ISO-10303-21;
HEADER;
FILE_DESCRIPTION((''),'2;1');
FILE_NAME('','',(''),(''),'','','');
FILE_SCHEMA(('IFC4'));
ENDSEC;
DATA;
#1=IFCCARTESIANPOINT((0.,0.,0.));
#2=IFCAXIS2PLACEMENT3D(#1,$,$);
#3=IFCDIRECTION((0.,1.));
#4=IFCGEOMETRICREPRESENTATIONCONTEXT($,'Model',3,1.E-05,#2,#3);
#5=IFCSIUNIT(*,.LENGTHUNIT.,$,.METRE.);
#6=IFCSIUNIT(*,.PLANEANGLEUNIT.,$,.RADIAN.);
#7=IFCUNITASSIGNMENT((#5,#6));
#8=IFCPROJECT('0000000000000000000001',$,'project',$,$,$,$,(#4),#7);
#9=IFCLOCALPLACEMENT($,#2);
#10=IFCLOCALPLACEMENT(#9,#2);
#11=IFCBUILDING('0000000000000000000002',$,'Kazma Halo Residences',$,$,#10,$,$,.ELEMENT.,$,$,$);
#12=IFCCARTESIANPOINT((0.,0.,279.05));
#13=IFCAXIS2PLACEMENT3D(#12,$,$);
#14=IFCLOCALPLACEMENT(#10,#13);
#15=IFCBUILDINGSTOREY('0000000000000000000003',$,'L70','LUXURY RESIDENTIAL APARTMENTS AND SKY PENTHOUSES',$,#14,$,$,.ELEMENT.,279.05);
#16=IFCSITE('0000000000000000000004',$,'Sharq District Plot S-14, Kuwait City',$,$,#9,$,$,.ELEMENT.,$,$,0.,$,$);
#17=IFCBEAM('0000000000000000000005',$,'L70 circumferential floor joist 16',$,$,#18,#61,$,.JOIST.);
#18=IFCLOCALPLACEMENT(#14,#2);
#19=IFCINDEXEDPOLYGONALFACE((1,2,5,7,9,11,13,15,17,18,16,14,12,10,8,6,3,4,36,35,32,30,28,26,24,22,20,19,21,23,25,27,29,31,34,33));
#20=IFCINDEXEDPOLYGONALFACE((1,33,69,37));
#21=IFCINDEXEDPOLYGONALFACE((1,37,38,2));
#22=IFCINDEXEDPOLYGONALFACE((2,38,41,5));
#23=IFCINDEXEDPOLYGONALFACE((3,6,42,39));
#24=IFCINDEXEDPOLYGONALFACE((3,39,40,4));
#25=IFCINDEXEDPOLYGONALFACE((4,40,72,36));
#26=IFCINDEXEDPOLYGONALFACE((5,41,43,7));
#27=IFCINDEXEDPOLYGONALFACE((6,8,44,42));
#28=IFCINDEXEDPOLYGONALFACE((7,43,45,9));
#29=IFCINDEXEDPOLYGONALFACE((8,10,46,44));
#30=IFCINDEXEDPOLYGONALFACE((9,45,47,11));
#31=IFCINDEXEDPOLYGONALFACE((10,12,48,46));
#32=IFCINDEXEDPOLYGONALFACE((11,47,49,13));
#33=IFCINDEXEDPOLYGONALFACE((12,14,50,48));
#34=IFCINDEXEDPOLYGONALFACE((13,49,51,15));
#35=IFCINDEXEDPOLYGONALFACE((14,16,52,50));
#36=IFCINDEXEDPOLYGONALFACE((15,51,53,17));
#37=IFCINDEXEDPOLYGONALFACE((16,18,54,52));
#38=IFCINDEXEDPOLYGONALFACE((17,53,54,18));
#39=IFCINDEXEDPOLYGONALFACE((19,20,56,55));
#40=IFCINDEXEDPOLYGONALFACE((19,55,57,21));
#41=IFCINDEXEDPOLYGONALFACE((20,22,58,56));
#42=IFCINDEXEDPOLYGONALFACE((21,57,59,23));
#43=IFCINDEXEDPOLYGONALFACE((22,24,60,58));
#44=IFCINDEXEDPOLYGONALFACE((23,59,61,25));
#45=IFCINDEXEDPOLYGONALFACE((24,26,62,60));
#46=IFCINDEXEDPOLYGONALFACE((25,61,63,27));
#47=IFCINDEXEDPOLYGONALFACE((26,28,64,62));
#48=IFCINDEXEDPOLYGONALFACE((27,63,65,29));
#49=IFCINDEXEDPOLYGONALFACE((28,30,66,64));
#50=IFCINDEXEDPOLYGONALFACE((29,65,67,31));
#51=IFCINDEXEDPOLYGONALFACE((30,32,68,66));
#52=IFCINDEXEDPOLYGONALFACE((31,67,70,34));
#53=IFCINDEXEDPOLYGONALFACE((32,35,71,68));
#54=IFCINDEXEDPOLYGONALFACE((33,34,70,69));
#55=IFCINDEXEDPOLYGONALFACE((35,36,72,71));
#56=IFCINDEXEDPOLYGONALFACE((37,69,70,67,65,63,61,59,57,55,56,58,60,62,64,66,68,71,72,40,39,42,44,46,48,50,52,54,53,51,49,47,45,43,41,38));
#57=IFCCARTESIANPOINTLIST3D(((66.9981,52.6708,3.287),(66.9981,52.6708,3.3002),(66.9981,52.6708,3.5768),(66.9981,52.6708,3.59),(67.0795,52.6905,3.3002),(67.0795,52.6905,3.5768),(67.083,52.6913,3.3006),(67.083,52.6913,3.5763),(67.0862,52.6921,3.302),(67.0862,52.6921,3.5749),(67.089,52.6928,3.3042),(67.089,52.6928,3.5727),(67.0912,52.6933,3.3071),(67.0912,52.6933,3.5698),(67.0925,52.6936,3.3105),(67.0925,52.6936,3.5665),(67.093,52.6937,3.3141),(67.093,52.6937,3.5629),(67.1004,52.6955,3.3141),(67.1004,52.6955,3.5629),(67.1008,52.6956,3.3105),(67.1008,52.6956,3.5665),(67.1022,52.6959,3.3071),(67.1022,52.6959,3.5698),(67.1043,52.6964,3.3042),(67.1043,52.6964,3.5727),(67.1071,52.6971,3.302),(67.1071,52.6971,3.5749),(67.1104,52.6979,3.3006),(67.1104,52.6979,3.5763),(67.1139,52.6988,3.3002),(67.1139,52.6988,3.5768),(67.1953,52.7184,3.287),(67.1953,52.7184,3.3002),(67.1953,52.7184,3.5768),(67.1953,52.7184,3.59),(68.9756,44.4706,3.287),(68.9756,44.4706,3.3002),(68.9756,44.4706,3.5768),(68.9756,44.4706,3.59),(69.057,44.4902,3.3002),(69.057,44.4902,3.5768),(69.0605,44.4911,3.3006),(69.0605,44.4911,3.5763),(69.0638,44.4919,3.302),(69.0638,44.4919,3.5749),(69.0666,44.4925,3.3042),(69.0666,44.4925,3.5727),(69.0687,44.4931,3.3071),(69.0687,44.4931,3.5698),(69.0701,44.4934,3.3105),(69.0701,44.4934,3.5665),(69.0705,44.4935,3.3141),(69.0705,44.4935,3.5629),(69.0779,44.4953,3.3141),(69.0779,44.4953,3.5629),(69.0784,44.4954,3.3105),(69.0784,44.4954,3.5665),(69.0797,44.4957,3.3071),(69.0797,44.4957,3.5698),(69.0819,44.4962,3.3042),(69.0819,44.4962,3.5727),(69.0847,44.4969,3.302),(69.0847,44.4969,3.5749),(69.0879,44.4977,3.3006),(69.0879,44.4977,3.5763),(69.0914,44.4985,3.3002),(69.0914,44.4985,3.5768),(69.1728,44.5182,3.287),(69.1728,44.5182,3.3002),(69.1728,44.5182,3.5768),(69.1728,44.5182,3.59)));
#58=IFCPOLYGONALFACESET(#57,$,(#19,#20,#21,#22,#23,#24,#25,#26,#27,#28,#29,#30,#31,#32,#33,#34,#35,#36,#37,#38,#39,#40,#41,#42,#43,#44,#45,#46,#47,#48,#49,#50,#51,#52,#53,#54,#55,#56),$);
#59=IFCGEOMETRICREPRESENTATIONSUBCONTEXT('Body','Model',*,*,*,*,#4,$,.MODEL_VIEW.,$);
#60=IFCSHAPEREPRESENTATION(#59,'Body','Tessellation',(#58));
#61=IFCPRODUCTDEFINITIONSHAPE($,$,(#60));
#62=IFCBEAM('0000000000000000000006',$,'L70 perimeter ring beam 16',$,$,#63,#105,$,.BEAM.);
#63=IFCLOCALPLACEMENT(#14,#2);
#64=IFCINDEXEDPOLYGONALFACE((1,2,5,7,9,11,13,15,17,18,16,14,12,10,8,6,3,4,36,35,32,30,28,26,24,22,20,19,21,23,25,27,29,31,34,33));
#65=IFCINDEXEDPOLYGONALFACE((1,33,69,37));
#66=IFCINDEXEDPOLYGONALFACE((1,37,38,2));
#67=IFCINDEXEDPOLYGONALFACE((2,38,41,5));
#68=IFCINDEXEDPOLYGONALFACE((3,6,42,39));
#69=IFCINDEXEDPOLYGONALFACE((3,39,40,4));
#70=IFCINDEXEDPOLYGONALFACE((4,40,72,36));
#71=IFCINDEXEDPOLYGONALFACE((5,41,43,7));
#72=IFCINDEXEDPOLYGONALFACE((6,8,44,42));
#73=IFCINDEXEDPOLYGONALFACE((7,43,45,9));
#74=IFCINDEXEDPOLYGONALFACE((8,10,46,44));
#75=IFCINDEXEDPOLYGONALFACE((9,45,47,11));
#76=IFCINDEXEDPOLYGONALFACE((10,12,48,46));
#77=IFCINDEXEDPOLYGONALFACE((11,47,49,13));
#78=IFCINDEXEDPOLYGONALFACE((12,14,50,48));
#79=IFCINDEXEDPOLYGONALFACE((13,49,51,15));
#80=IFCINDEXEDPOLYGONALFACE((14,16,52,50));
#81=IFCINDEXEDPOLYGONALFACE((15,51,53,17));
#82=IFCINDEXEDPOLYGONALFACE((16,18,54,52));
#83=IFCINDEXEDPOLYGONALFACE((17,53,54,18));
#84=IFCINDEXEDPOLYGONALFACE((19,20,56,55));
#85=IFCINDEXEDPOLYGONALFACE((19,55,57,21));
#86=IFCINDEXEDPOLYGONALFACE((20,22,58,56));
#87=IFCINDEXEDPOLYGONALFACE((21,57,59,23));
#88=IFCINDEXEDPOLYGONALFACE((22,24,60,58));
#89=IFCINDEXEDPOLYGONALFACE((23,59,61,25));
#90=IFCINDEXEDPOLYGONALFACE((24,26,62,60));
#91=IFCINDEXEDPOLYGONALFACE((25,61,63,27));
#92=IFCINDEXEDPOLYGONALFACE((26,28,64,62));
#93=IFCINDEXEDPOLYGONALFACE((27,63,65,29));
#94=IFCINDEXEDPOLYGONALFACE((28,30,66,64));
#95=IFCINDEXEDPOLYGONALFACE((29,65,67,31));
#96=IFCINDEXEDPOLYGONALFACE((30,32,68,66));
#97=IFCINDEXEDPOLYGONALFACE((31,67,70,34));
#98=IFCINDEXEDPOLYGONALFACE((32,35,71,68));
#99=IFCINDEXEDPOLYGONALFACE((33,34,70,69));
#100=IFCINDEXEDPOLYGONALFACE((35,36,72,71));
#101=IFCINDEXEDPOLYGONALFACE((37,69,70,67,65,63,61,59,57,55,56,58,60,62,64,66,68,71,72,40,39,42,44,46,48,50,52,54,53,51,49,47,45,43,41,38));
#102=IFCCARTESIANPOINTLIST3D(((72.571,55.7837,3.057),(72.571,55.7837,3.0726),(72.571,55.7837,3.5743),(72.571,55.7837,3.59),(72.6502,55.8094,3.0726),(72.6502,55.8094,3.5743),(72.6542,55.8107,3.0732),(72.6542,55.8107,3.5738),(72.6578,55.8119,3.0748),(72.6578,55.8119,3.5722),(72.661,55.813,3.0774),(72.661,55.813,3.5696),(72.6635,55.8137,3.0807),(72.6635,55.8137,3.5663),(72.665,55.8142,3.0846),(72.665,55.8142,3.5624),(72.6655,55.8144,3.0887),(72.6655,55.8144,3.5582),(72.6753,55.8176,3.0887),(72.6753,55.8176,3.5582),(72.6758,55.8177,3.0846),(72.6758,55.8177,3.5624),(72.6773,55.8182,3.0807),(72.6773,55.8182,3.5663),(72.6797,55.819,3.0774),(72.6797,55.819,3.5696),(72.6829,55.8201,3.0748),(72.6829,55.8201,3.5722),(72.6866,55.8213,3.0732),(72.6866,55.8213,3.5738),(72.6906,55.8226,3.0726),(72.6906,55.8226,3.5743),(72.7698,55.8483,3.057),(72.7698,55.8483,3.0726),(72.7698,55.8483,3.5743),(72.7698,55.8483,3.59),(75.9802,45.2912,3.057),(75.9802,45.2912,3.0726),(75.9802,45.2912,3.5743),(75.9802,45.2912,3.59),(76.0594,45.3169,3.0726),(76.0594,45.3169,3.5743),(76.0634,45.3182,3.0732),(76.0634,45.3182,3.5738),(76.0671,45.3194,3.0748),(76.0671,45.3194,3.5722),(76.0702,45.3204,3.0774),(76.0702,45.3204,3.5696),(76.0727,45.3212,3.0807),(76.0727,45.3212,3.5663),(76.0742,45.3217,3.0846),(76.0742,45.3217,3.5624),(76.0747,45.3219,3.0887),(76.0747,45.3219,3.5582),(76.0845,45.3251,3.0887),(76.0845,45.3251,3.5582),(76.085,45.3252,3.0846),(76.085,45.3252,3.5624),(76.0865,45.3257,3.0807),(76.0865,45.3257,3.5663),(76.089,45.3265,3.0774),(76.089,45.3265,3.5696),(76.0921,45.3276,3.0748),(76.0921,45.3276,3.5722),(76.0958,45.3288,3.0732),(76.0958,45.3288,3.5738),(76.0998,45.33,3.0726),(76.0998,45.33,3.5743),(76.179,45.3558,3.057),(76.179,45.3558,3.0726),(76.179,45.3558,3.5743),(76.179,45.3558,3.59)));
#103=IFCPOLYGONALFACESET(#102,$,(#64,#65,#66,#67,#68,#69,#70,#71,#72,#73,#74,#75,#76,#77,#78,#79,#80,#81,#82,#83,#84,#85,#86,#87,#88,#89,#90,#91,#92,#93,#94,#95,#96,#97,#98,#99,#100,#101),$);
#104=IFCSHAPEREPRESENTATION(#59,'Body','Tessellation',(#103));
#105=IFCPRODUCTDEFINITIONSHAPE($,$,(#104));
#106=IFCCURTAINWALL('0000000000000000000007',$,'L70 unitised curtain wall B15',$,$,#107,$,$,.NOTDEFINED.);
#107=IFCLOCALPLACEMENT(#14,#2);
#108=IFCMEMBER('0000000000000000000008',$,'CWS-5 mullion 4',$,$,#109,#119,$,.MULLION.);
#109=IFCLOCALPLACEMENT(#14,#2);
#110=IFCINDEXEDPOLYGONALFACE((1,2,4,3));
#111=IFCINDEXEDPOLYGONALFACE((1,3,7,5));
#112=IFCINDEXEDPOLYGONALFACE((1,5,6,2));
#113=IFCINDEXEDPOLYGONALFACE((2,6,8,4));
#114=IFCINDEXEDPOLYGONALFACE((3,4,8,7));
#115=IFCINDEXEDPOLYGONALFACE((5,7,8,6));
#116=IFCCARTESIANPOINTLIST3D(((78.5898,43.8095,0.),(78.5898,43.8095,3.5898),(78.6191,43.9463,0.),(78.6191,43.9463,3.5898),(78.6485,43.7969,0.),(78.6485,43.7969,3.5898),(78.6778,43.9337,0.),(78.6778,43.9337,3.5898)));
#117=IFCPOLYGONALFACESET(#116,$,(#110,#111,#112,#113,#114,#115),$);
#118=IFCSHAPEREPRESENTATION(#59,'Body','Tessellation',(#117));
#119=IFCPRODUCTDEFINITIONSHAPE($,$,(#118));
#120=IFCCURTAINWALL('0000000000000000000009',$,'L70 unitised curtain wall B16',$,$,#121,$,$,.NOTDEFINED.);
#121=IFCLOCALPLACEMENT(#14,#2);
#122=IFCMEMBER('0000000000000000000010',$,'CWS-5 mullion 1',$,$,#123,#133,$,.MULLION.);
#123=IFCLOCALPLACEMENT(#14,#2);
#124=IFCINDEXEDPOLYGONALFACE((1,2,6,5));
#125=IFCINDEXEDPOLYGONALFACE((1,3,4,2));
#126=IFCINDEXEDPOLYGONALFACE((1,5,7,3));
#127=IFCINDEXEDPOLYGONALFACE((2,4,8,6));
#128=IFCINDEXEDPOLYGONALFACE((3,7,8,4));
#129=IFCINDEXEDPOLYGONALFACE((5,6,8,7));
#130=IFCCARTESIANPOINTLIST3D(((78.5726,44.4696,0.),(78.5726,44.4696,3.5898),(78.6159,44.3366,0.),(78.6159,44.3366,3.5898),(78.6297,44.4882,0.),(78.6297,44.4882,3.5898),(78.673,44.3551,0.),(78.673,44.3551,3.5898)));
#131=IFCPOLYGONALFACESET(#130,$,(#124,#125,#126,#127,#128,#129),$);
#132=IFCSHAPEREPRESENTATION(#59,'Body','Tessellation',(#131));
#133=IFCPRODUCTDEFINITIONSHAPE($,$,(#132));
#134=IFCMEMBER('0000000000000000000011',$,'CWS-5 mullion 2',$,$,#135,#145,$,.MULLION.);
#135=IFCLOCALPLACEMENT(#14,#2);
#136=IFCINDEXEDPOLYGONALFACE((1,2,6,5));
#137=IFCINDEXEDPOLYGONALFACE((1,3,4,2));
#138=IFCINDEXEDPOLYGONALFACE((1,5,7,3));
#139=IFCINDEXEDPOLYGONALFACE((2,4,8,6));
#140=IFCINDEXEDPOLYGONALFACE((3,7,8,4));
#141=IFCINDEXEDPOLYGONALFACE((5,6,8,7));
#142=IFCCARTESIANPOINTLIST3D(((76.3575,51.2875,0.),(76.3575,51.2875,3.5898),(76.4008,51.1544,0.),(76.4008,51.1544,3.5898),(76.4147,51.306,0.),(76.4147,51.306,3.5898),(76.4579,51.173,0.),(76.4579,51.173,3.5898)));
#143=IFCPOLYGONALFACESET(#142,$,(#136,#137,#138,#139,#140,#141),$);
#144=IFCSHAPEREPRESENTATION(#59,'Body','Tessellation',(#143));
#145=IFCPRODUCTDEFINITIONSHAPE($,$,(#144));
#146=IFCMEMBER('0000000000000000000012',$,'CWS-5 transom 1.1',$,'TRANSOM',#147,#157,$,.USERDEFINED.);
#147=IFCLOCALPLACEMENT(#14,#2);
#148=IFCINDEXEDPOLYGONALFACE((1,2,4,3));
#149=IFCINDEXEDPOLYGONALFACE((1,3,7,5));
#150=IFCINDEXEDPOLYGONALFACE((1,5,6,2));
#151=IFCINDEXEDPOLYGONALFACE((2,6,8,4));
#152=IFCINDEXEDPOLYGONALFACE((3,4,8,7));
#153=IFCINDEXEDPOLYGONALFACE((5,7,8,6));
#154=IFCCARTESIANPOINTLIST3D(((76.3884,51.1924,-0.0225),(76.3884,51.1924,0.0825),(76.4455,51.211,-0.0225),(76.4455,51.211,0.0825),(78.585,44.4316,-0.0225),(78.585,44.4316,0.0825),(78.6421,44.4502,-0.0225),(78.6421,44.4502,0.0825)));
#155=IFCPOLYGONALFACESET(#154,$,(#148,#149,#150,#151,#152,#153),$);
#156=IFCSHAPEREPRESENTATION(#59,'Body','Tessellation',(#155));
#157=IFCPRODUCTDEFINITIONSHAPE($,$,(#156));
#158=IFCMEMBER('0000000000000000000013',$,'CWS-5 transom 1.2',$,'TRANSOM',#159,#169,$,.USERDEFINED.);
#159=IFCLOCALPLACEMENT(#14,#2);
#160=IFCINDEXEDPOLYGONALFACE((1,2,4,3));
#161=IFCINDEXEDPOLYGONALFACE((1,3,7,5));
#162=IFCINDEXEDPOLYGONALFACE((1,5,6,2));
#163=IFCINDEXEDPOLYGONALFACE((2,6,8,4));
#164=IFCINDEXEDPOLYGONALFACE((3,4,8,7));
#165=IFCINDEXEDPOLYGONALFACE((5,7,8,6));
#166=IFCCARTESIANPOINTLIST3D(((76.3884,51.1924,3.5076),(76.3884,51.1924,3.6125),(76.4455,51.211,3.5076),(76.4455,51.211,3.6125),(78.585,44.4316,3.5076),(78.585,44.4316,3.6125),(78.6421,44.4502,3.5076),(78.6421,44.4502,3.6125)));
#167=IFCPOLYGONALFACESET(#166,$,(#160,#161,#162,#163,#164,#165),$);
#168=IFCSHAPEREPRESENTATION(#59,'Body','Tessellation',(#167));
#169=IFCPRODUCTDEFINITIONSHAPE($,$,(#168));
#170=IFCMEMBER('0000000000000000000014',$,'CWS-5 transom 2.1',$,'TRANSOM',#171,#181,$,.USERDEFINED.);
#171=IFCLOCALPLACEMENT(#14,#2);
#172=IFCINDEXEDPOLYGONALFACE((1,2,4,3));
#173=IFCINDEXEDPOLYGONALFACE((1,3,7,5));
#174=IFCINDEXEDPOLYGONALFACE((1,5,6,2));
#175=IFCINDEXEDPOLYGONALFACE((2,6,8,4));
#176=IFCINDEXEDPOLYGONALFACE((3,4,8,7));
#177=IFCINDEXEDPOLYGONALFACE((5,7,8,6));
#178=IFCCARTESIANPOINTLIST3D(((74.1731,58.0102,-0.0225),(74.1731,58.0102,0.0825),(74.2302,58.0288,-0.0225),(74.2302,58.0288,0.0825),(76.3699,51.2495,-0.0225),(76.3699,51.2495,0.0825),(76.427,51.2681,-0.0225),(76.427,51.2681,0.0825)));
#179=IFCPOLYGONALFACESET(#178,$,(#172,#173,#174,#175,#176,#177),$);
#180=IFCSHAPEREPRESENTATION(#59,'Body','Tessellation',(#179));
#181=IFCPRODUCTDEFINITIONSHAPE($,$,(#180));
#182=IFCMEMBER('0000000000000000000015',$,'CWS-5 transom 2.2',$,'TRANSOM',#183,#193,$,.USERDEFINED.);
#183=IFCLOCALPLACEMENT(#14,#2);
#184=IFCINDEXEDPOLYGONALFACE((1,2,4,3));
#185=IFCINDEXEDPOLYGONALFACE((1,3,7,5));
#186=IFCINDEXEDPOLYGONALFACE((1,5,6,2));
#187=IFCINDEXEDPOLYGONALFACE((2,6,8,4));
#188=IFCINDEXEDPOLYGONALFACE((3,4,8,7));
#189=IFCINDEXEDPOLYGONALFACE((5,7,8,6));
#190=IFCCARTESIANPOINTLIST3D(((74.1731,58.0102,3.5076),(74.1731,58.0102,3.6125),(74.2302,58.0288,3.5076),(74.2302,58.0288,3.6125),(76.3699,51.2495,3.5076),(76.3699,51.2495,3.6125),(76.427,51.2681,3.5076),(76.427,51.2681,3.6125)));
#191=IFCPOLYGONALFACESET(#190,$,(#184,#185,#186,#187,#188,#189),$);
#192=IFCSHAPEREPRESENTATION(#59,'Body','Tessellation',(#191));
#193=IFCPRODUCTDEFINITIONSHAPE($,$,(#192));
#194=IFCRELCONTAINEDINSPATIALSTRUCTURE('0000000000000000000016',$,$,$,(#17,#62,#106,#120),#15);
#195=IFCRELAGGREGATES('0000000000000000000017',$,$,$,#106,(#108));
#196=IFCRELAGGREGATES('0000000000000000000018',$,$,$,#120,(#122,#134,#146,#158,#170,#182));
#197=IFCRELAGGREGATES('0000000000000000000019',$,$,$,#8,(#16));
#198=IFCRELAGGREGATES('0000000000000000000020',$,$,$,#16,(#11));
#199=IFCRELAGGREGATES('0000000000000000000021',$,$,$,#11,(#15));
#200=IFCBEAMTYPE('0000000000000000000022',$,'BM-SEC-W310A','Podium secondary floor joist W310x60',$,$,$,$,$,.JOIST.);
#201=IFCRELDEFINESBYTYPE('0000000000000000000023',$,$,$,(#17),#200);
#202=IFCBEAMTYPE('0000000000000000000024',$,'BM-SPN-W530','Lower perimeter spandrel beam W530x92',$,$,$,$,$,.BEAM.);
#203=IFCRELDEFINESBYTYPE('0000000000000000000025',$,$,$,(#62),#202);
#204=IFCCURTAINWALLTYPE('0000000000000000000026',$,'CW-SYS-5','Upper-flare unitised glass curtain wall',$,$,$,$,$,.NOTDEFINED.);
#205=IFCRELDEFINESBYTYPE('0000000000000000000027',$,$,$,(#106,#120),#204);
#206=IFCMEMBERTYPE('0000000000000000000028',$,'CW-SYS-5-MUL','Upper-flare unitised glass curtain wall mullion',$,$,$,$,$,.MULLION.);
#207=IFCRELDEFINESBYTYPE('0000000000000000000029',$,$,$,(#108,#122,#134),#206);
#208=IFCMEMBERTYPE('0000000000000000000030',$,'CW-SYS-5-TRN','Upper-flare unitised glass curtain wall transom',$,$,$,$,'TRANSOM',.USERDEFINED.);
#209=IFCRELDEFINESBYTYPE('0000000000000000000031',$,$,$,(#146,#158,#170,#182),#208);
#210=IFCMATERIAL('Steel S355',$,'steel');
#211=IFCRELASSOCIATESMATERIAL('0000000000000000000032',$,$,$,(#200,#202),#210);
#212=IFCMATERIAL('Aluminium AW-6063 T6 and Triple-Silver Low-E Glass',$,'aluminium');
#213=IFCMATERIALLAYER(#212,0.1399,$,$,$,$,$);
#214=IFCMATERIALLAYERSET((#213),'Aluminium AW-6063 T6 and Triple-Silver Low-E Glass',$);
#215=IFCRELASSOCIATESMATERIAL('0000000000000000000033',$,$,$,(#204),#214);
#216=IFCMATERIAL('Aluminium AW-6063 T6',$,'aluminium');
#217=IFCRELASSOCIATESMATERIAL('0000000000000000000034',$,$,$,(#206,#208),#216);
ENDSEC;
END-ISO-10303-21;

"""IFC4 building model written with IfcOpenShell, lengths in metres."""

from ifc_helpers import new_model, si_unit, direction, frame, origin, origin_2d, place, context, subcontext, project, spatial, rectangle, i_section, extrude, material, layer, layer_set, material_profile, profile_set, type_object, element, aggregate, save


model = new_model("IFC4")

# Units and contexts
model_context = context("Model", 3, precision=1e-05, world=origin(), true_north=direction((0.0, 1.0)))
body_context = subcontext(model_context, "Body", "Model", "MODEL_VIEW")
ifc_project = project(units=[si_unit("LENGTHUNIT", "METRE"), si_unit("PLANEANGLEUNIT", "RADIAN")], contexts=[model_context])

# Site, building, storey
site_placement = place(None, origin())
site = spatial("IfcSite", under=ifc_project, at=site_placement, Name="Sharq District Plot S-14, Kuwait City", CompositionType="ELEMENT", RefElevation=0.0)
building_placement = place(site_placement, origin())
building = spatial("IfcBuilding", under=site, at=building_placement, Name="Kazma Halo Residences", CompositionType="ELEMENT")
storey_placement = place(building_placement, frame((0.0, 0.0, 279.05)))
storey = spatial("IfcBuildingStorey", under=building, at=storey_placement, Name="L70", Description="LUXURY RESIDENTIAL APARTMENTS AND SKY PENTHOUSES", CompositionType="ELEMENT", Elevation=279.05)

# Beams
ifc_material_1 = material(Name="Steel S355", Category="steel")
ifc_material_profile_1 = material_profile(ifc_material_1, i_section(OverallWidth=0.2029, OverallDepth=0.303, WebThickness=0.0076, FlangeThickness=0.0132, FilletRadius=0.0139, at=origin_2d()), Name="W310x60")
ifc_profile_set_1 = profile_set([ifc_material_profile_1], Name="Steel S355")
beam_type_1 = type_object("IfcBeamType", Name="BM-SEC-W310A", Description="Podium secondary floor joist W310x60", PredefinedType="JOIST", material=ifc_profile_set_1)
beam_1_placement = place(storey_placement, frame((69.0742, 44.4944, 3.4385), z_axis=(-0.234437, 0.972131, 0.0), x_axis=(-0.972131, -0.234437, 0.0)))
element("IfcBeam", 1, at=beam_1_placement, inside=storey, type_object=beam_type_1, Name="L70 circumferential floor joist 16", PredefinedType="JOIST", context=body_context, shape_type="SweptSolid", body=[
    extrude(i_section(OverallWidth=0.2029, OverallDepth=0.303, WebThickness=0.0076, FlangeThickness=0.0132, FilletRadius=0.0139, at=origin_2d()), origin(), (0.0, 0.0, 1.0), 8.4353),
])
ifc_material_profile_2 = material_profile(ifc_material_1, i_section(OverallWidth=0.209, OverallDepth=0.533, WebThickness=0.0103, FlangeThickness=0.0156, FilletRadius=0.0161, at=origin_2d()), Name="W530x92")
ifc_profile_set_2 = profile_set([ifc_material_profile_2], Name="Steel S355")
beam_type_2 = type_object("IfcBeamType", Name="BM-SPN-W530", Description="Lower perimeter spandrel beam W530x92", PredefinedType="BEAM", material=ifc_profile_set_2)
beam_2_placement = place(storey_placement, frame((76.0796, 45.3235, 3.3235), z_axis=(-0.309016, 0.951057, 0.0), x_axis=(-0.951057, -0.309016, 0.0)))
element("IfcBeam", 2, at=beam_2_placement, inside=storey, type_object=beam_type_2, Name="L70 perimeter ring beam 16", PredefinedType="BEAM", context=body_context, shape_type="SweptSolid", body=[
    extrude(i_section(OverallWidth=0.209, OverallDepth=0.533, WebThickness=0.0103, FlangeThickness=0.0156, FilletRadius=0.0161, at=origin_2d()), origin(), (0.0, 0.0, 1.0), 11.0325),
])

# Curtain wall, member
ifc_material_2 = material(Name="Aluminium AW-6063 T6 and Triple-Silver Low-E Glass", Category="aluminium")
ifc_layer_1 = layer(ifc_material_2, 0.1399)
ifc_layer_set_1 = layer_set([ifc_layer_1], Name="Aluminium AW-6063 T6 and Triple-Silver Low-E Glass")
curtain_wall_type = type_object("IfcCurtainWallType", Name="CW-SYS-5", Description="Upper-flare unitised glass curtain wall", PredefinedType="NOTDEFINED", material=ifc_layer_set_1)
curtain_wall_1_placement = place(storey_placement, origin())
curtain_wall_1 = element("IfcCurtainWall", 3, at=curtain_wall_1_placement, inside=storey, type_object=curtain_wall_type, Name="L70 unitised curtain wall B15", PredefinedType="NOTDEFINED")
ifc_material_3 = material(Name="Aluminium AW-6063 T6", Category="aluminium")
ifc_material_profile_3 = material_profile(ifc_material_3, rectangle(XDim=0.0601, YDim=0.1399, at=origin_2d()), Name="CWM-60x140")
ifc_profile_set_3 = profile_set([ifc_material_profile_3], Name="Aluminium AW-6063 T6")
member_type_1 = type_object("IfcMemberType", Name="CW-SYS-5-MUL", Description="Upper-flare unitised glass curtain wall mullion", PredefinedType="MULLION", material=ifc_profile_set_3)
member_1_placement = place(storey_placement, frame((78.6338, 43.8716, 0.0), z_axis=(0.0, 0.0, 1.0), x_axis=(-0.977775, 0.209657, 0.0)))
member_1 = element("IfcMember", 4, at=member_1_placement, type_object=member_type_1, Name="CWS-5 mullion 4", PredefinedType="MULLION", context=body_context, shape_type="SweptSolid", body=[
    extrude(rectangle(XDim=0.0601, YDim=0.1399, at=origin_2d()), origin(), (0.0, 0.0, 1.0), 3.5898),
])
aggregate(curtain_wall_1, [member_1])

# Curtain wall, members
curtain_wall_2_placement = place(storey_placement, origin())
curtain_wall_2 = element("IfcCurtainWall", 5, at=curtain_wall_2_placement, inside=storey, type_object=curtain_wall_type, Name="L70 unitised curtain wall B16", PredefinedType="NOTDEFINED")
member_2_placement = place(storey_placement, frame((78.6228, 44.4124, 0.0), z_axis=(0.0, 0.0, 1.0), x_axis=(-0.951058, -0.309011, 0.0)))
member_2 = element("IfcMember", 6, at=member_2_placement, type_object=member_type_1, Name="CWS-5 mullion 1", PredefinedType="MULLION", context=body_context, shape_type="SweptSolid", body=[
    extrude(rectangle(XDim=0.0601, YDim=0.1399, at=origin_2d()), origin(), (0.0, 0.0, 1.0), 3.5898),
])
member_3_placement = place(storey_placement, frame((76.4077, 51.2302, 0.0), z_axis=(0.0, 0.0, 1.0), x_axis=(-0.951058, -0.309011, 0.0)))
member_3 = element("IfcMember", 7, at=member_3_placement, type_object=member_type_1, Name="CWS-5 mullion 2", PredefinedType="MULLION", context=body_context, shape_type="SweptSolid", body=[
    extrude(rectangle(XDim=0.0601, YDim=0.1399, at=origin_2d()), origin(), (0.0, 0.0, 1.0), 3.5898),
])
ifc_material_profile_4 = material_profile(ifc_material_3, rectangle(XDim=0.0601, YDim=0.105, at=origin_2d()), Name="CWT-60x105")
ifc_profile_set_4 = profile_set([ifc_material_profile_4], Name="Aluminium AW-6063 T6")
member_type_2 = type_object("IfcMemberType", Name="CW-SYS-5-TRN", Description="Upper-flare unitised glass curtain wall transom", ElementType="TRANSOM", PredefinedType="USERDEFINED", material=ifc_profile_set_4)
member_4_placement = place(storey_placement, frame((78.6135, 44.4409, 0.03), z_axis=(-0.308996, 0.951063, 0.0), x_axis=(-0.951063, -0.308996, 0.0)))
member_4 = element("IfcMember", 8, at=member_4_placement, type_object=member_type_2, Name="CWS-5 transom 1.1", ObjectType="TRANSOM", PredefinedType="USERDEFINED", context=body_context, shape_type="SweptSolid", body=[
    extrude(rectangle(XDim=0.0601, YDim=0.105, at=origin_2d()), origin(), (0.0, 0.0, 1.0), 7.1086),
])
member_5_placement = place(storey_placement, frame((78.6135, 44.4409, 3.5601), z_axis=(-0.308996, 0.951063, 0.0), x_axis=(-0.951063, -0.308996, 0.0)))
member_5 = element("IfcMember", 9, at=member_5_placement, type_object=member_type_2, Name="CWS-5 transom 1.2", ObjectType="TRANSOM", PredefinedType="USERDEFINED", context=body_context, shape_type="SweptSolid", body=[
    extrude(rectangle(XDim=0.0601, YDim=0.105, at=origin_2d()), origin(), (0.0, 0.0, 1.0), 7.1086),
])
member_6_placement = place(storey_placement, frame((76.3984, 51.2588, 0.03), z_axis=(-0.309027, 0.951053, 0.0), x_axis=(-0.951053, -0.309027, 0.0)))
member_6 = element("IfcMember", 10, at=member_6_placement, type_object=member_type_2, Name="CWS-5 transom 2.1", ObjectType="TRANSOM", PredefinedType="USERDEFINED", context=body_context, shape_type="SweptSolid", body=[
    extrude(rectangle(XDim=0.0601, YDim=0.105, at=origin_2d()), origin(), (0.0, 0.0, 1.0), 7.1086),
])
member_7_placement = place(storey_placement, frame((76.3984, 51.2588, 3.5601), z_axis=(-0.309027, 0.951053, 0.0), x_axis=(-0.951053, -0.309027, 0.0)))
member_7 = element("IfcMember", 11, at=member_7_placement, type_object=member_type_2, Name="CWS-5 transom 2.2", ObjectType="TRANSOM", PredefinedType="USERDEFINED", context=body_context, shape_type="SweptSolid", body=[
    extrude(rectangle(XDim=0.0601, YDim=0.105, at=origin_2d()), origin(), (0.0, 0.0, 1.0), 7.1086),
])
aggregate(curtain_wall_2, [member_2, member_3, member_4, member_5, member_6, member_7])

save(model, "model.ifc")
